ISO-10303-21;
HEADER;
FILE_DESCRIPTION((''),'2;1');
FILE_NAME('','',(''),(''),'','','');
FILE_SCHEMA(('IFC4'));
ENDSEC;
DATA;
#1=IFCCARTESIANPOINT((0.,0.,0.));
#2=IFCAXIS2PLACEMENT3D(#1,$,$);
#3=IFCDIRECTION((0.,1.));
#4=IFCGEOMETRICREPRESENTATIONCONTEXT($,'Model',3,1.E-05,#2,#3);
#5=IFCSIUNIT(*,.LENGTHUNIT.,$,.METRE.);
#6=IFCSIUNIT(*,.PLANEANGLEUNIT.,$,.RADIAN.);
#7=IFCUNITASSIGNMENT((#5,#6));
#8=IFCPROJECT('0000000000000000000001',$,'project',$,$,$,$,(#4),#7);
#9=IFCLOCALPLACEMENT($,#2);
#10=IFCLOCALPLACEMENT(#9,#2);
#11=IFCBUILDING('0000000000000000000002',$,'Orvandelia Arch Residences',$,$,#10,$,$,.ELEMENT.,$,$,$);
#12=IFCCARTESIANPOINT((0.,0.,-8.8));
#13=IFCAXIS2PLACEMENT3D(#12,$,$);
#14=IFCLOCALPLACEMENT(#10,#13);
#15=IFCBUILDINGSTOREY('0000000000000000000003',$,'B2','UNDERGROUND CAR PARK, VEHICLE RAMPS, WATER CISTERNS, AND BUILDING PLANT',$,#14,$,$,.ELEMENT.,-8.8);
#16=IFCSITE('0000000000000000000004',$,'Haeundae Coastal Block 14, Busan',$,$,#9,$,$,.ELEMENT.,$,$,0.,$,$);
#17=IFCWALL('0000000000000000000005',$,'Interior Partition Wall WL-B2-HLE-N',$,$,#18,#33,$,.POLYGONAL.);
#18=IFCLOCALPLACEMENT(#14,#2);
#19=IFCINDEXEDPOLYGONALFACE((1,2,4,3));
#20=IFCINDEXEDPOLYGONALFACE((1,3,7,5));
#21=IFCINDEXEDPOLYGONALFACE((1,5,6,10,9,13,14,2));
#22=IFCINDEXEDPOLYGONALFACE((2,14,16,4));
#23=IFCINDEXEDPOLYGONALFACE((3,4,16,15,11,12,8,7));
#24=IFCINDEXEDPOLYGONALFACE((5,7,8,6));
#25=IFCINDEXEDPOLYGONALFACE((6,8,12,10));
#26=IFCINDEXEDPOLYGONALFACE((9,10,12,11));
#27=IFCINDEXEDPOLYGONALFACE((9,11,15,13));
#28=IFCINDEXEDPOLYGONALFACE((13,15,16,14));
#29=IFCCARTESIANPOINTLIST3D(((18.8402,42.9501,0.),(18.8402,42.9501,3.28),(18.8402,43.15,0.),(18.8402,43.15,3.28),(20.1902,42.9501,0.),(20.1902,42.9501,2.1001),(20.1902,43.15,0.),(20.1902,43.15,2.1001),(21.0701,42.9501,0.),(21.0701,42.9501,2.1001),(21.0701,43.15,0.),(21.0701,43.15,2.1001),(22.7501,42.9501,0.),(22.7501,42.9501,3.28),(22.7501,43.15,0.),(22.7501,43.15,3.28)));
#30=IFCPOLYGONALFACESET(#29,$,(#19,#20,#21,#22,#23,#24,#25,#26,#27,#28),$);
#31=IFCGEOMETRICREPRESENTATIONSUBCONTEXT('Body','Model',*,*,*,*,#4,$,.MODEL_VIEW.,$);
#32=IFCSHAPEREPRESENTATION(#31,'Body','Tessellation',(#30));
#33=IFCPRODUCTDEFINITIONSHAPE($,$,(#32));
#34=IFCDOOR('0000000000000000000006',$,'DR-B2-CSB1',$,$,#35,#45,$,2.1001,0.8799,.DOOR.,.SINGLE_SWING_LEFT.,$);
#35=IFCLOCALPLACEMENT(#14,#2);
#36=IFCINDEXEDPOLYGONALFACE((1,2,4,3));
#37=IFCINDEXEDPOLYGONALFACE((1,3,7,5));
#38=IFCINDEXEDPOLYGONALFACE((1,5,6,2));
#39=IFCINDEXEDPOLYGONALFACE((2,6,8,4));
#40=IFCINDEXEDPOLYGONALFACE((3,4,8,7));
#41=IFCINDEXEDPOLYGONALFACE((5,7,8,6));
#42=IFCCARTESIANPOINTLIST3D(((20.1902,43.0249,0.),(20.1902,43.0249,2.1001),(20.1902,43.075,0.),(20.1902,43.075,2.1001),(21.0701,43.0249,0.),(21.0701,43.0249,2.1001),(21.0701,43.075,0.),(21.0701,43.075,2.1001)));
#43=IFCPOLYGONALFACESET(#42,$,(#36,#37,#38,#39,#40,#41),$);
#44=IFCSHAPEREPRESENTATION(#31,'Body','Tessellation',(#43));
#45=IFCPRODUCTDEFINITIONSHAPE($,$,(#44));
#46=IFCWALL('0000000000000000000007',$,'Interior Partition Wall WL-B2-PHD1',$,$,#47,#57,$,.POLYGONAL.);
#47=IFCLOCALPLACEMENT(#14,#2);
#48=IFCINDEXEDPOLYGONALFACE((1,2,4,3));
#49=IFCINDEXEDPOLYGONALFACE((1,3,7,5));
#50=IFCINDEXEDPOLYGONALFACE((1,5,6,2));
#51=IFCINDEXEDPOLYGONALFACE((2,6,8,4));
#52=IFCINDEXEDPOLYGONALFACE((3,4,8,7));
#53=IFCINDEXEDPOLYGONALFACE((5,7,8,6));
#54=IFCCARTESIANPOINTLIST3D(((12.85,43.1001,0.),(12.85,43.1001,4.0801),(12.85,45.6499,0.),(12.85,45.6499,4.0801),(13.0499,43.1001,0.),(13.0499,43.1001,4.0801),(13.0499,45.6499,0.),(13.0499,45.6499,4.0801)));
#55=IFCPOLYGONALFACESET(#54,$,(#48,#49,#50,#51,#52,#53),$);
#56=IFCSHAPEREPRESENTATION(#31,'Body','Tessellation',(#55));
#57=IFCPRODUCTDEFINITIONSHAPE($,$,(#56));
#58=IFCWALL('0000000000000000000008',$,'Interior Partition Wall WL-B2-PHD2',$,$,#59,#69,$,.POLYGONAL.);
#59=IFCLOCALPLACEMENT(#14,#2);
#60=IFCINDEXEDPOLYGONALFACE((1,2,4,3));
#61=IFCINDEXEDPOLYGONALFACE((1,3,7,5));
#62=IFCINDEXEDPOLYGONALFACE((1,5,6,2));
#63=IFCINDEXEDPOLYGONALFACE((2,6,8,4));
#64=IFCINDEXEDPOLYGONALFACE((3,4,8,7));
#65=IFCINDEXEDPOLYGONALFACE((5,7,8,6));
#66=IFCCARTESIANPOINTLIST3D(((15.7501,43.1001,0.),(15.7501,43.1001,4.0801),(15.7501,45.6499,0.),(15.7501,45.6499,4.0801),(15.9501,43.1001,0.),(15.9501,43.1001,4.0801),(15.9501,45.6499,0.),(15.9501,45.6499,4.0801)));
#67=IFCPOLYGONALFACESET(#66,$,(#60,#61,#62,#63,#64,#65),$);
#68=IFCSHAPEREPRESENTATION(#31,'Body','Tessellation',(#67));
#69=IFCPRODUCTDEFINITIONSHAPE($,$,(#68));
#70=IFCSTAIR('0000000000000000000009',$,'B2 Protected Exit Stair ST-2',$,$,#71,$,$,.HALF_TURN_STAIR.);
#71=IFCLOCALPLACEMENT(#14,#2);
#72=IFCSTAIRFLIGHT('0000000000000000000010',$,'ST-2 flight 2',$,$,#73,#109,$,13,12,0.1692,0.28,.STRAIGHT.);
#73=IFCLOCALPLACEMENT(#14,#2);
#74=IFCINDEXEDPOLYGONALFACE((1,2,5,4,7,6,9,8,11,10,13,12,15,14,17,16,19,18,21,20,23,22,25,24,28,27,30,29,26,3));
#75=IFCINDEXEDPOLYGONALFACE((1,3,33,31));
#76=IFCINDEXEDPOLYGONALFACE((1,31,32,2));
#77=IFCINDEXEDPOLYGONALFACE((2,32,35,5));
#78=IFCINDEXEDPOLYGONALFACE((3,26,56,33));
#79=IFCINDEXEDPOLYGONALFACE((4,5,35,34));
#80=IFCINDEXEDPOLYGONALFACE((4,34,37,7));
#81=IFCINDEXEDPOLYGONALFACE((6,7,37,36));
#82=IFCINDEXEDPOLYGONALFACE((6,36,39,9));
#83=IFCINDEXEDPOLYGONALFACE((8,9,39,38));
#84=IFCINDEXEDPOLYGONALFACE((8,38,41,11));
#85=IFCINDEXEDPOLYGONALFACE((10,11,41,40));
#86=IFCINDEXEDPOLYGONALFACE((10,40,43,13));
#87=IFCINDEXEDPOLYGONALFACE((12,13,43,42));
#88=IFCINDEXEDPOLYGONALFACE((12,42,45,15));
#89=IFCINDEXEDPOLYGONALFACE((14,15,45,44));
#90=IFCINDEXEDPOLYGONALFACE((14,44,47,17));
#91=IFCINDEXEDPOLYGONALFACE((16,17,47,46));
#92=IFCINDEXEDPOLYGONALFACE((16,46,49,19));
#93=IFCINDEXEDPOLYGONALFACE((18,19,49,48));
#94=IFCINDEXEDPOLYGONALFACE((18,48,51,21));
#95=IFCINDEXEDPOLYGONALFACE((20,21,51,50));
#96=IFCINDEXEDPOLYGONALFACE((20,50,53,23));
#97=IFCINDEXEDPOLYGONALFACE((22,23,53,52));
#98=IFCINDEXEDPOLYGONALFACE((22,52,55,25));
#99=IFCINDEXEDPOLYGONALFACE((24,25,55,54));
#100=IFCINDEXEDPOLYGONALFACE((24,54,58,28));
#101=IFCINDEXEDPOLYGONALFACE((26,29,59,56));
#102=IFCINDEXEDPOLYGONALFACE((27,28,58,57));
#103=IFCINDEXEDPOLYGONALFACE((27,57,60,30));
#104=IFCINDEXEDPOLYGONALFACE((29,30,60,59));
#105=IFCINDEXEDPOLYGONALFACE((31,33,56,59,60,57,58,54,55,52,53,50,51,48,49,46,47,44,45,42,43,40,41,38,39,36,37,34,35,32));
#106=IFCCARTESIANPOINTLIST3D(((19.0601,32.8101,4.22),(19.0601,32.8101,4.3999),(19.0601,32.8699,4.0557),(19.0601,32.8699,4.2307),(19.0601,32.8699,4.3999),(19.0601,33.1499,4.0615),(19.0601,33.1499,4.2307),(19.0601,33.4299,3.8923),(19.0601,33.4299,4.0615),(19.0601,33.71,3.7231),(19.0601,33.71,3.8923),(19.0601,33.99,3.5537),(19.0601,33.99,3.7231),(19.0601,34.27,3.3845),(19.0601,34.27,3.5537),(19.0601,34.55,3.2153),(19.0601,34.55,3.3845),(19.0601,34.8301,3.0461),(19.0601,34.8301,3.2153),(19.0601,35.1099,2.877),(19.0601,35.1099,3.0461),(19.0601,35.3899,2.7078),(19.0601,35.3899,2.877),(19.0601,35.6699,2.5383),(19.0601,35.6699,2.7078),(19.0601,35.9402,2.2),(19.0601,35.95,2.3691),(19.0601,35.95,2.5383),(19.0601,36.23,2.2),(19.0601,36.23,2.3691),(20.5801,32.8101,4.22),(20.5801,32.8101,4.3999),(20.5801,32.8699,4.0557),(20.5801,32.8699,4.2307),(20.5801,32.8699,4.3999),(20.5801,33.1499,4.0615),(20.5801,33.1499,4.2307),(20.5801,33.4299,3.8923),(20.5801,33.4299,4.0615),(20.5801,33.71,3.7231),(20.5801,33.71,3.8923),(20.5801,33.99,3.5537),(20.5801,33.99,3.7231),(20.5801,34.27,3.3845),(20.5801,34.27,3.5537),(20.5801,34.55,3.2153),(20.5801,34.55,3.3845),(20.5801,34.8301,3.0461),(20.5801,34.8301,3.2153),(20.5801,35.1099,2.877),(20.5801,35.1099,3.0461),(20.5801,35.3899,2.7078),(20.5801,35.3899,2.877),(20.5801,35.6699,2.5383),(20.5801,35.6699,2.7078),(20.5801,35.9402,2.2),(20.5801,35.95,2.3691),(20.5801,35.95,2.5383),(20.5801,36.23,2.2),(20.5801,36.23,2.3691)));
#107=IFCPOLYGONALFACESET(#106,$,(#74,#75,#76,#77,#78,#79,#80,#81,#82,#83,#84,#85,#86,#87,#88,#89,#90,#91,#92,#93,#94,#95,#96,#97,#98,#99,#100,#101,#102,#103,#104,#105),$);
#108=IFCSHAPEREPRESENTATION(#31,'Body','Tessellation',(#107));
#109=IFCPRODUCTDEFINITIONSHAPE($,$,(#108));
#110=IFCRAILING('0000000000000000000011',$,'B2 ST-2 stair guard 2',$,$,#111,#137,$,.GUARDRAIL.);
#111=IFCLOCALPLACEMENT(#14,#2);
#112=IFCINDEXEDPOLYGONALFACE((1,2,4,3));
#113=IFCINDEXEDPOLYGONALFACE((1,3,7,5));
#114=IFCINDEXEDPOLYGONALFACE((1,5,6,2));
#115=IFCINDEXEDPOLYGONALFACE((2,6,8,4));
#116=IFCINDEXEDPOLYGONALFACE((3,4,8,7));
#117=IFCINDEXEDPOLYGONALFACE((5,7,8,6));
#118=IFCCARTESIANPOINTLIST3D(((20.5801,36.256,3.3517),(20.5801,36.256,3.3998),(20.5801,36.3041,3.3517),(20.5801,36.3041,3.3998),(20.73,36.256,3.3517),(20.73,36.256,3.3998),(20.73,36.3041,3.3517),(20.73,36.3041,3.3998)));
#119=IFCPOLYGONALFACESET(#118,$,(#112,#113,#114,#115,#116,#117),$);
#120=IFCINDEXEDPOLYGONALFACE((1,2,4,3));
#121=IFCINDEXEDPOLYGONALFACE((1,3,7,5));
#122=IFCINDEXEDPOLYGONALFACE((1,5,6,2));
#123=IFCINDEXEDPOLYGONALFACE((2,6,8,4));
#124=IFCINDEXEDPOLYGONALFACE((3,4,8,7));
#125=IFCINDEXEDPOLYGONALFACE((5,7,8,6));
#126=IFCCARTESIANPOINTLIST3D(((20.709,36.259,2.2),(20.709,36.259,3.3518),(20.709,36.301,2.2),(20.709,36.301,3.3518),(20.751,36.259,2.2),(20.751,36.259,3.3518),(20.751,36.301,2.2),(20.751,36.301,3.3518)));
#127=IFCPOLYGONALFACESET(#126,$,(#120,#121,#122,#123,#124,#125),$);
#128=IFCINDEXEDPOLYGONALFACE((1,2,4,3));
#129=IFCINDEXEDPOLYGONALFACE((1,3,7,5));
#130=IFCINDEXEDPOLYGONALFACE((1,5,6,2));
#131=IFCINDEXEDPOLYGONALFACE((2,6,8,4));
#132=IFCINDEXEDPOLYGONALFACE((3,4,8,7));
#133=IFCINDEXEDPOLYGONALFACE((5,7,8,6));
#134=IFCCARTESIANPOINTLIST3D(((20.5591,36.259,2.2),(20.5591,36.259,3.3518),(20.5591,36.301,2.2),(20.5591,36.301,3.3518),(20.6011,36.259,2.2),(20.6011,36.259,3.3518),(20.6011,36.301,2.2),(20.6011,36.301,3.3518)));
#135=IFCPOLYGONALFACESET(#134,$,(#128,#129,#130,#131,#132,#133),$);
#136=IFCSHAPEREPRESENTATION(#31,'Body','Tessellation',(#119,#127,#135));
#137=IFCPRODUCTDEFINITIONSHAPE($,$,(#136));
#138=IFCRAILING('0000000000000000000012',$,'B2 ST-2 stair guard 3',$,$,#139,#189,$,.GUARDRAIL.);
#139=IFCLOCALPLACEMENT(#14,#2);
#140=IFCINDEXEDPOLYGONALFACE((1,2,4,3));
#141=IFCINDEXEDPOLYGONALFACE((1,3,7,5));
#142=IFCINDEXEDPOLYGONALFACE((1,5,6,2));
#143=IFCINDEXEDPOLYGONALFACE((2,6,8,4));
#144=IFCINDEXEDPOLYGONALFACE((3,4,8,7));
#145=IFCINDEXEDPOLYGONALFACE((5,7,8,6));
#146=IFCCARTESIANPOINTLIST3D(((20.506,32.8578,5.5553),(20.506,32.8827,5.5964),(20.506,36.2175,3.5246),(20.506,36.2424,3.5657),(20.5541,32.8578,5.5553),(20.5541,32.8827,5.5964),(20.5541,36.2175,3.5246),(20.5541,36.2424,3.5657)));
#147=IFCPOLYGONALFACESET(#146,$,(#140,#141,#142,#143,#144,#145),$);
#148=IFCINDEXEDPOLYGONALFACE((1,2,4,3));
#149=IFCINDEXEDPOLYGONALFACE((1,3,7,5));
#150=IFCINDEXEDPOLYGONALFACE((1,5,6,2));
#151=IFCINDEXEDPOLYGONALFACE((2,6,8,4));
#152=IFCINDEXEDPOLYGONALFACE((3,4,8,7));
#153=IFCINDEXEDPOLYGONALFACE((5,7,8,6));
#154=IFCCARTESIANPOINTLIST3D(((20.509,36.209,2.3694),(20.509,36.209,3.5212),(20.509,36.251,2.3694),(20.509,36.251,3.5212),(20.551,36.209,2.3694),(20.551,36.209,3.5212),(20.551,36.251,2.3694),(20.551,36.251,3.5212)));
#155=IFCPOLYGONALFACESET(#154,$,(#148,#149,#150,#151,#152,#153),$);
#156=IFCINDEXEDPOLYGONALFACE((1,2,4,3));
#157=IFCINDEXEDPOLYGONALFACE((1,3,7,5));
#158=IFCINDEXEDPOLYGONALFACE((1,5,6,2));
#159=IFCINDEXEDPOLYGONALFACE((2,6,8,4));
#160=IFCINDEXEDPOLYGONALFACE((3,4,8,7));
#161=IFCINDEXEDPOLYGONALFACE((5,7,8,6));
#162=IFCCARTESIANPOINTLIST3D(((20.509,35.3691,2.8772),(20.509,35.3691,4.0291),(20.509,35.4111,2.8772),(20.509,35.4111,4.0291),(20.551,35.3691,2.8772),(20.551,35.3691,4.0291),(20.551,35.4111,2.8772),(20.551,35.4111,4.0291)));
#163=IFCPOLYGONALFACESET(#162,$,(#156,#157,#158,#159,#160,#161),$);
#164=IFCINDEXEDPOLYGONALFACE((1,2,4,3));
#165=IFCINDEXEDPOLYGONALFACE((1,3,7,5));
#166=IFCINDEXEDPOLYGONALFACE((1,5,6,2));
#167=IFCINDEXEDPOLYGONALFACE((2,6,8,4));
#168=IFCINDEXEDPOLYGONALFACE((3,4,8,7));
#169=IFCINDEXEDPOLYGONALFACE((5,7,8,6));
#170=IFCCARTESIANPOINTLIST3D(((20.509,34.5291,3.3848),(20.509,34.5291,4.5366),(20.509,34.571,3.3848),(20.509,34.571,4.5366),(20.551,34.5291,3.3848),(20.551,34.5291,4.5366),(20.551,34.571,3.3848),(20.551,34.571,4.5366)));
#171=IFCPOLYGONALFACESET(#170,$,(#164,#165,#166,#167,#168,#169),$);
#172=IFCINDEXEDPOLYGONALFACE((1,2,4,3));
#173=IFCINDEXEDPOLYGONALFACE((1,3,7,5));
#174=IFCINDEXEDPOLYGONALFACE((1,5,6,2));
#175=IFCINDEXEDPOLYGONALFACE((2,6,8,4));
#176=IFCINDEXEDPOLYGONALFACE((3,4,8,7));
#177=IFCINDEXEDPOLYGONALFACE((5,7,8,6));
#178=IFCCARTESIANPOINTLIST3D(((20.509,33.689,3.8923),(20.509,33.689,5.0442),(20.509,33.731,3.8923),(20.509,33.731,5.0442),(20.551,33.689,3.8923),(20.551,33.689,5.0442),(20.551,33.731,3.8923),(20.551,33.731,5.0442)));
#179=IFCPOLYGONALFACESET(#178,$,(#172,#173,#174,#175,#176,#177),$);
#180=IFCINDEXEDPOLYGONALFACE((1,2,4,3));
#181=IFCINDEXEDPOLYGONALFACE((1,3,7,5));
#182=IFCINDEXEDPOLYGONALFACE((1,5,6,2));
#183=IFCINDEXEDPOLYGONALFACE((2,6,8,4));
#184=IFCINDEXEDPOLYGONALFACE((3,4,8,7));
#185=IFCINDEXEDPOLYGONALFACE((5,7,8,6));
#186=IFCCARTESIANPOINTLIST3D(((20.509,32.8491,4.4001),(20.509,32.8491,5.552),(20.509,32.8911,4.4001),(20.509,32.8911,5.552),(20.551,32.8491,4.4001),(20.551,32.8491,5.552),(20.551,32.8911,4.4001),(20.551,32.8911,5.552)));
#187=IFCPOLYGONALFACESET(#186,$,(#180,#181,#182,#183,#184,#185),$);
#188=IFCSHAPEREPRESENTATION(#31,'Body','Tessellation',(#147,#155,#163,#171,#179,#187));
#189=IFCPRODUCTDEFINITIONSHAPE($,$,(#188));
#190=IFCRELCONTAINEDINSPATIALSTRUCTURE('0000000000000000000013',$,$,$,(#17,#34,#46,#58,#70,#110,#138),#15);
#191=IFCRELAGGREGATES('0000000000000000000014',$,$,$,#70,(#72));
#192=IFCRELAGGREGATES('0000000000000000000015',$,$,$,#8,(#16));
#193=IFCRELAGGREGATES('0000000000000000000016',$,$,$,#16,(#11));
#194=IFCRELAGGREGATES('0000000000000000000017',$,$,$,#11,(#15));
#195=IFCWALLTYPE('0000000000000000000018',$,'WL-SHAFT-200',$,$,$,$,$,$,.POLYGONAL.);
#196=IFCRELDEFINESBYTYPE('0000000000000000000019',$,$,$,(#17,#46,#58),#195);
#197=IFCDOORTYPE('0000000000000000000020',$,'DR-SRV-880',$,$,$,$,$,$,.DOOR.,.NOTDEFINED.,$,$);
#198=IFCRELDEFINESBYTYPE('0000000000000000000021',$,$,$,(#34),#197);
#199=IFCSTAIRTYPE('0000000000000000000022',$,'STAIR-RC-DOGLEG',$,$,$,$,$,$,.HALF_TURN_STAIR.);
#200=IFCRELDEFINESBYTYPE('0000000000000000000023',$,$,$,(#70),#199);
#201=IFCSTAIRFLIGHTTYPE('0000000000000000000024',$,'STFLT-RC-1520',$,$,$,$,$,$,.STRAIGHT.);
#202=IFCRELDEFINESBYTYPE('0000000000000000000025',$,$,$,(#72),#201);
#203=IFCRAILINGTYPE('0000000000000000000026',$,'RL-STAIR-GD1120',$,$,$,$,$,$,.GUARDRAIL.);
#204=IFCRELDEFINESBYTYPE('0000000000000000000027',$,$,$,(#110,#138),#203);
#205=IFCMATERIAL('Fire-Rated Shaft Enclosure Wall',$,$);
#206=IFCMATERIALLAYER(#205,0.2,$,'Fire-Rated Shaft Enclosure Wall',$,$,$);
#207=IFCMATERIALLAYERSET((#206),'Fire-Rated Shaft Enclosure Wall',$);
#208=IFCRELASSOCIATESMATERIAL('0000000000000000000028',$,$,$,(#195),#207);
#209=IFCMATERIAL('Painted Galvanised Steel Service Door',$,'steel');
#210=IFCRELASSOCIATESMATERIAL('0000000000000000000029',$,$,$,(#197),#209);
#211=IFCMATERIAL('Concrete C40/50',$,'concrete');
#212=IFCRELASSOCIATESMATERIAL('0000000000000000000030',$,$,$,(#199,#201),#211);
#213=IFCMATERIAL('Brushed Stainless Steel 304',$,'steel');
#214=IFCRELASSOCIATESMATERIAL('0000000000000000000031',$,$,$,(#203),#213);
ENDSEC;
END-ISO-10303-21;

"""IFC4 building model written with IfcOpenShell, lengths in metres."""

from ifc_helpers import new_model, si_unit, direction, frame, frame_2d, origin, origin_2d, place, context, subcontext, project, spatial, polyline, rectangle, outline, extrude, material, layer, layer_set, type_object, element, fill, aggregate, save


model = new_model("IFC4")

# Units and contexts
model_context = context("Model", 3, precision=1e-05, world=origin(), true_north=direction((0.0, 1.0)))
body_context = subcontext(model_context, "Body", "Model", "MODEL_VIEW")
ifc_project = project(units=[si_unit("LENGTHUNIT", "METRE"), si_unit("PLANEANGLEUNIT", "RADIAN")], contexts=[model_context])

# Site, building, storey
site_placement = place(None, origin())
site = spatial("IfcSite", under=ifc_project, at=site_placement, Name="Haeundae Coastal Block 14, Busan", CompositionType="ELEMENT", RefElevation=0.0)
building_placement = place(site_placement, origin())
building = spatial("IfcBuilding", under=site, at=building_placement, Name="Orvandelia Arch Residences", CompositionType="ELEMENT")
storey_placement = place(building_placement, frame((0.0, 0.0, -8.8)))
storey = spatial("IfcBuildingStorey", under=building, at=storey_placement, Name="B2", Description="UNDERGROUND CAR PARK, VEHICLE RAMPS, WATER CISTERNS, AND BUILDING PLANT", CompositionType="ELEMENT", Elevation=-8.8)

# Shared definitions
ifc_material_1 = material(Name="Fire-Rated Shaft Enclosure Wall")
ifc_layer_1 = layer(ifc_material_1, 0.2, Name="Fire-Rated Shaft Enclosure Wall")
ifc_layer_set_1 = layer_set([ifc_layer_1], Name="Fire-Rated Shaft Enclosure Wall")
wall_type_1 = type_object("IfcWallType", Name="WL-SHAFT-200", PredefinedType="POLYGONAL", material=ifc_layer_set_1)

# Shared definitions
ifc_material_2 = material(Name="Painted Galvanised Steel Service Door", Category="steel")
door_type_1 = type_object("IfcDoorType", Name="DR-SRV-880", OperationType="NOTDEFINED", PredefinedType="DOOR", material=ifc_material_2)

# Wall, opening, door
wall_1_placement = place(storey_placement, frame((18.8401, 43.05, 0.0), z_axis=(0.0, 0.0, 1.0), x_axis=(1.0, 0.0, 0.0)))
wall_1 = element("IfcWall", 1, at=wall_1_placement, inside=storey, type_object=wall_type_1, Name="Interior Partition Wall WL-B2-HLE-N", PredefinedType="POLYGONAL", context=body_context, shape_type="SweptSolid", body=[
    extrude(rectangle(XDim=3.9099, YDim=0.2, at=frame_2d((1.9551, 0.0))), origin(), (0.0, 0.0, 1.0), 3.28),
])
opening_1_placement = place(wall_1_placement, frame((1.3501, 0.0, 0.0)))
opening_1 = element("IfcOpeningElement", 2, at=opening_1_placement, cuts=wall_1, PredefinedType="OPENING", context=body_context, shape_type="SweptSolid", body=[
    extrude(rectangle(XDim=0.8799, YDim=2.1001, at=frame_2d((0.4399, 1.05))), frame((0.0, 0.1099, 0.0), z_axis=(0.0, -1.0, 0.0), x_axis=(1.0, 0.0, 0.0)), (0.0, 0.0, 1.0), 0.22),
])
door_1_placement = place(opening_1_placement, origin())
door_1 = element("IfcDoor", 3, at=door_1_placement, inside=storey, type_object=door_type_1, Name="DR-B2-CSB1", OperationType="SINGLE_SWING_LEFT", OverallHeight=2.1001, OverallWidth=0.8799, PredefinedType="DOOR", context=body_context, shape_type="SweptSolid", body=[
    extrude(rectangle(XDim=0.8799, YDim=2.1001, at=frame_2d((0.4399, 1.05))), frame((0.0, 0.0249, 0.0), z_axis=(0.0, -1.0, 0.0), x_axis=(1.0, 0.0, 0.0)), (0.0, 0.0, 1.0), 0.05),
])
fill(opening_1, door_1)

# Walls
for number, where, z_axis, x_axis, name in (
    (4, (12.95, 43.1001, 0.0), (0.0, 0.0, 1.0), (0.0, 1.0, 0.0), "Interior Partition Wall WL-B2-PHD1"),
    (5, (15.8501, 43.1001, 0.0), (0.0, 0.0, 1.0), (0.0, 1.0, 0.0), "Interior Partition Wall WL-B2-PHD2"),
):
    element("IfcWall", number, at=place(storey_placement, frame(where, z_axis=z_axis, x_axis=x_axis)), inside=storey, type_object=wall_type_1, Name=name, PredefinedType="POLYGONAL", context=body_context, shape_type="SweptSolid", body=[
        extrude(rectangle(XDim=2.5498, YDim=0.2, at=frame_2d((1.2749, 0.0))), origin(), (0.0, 0.0, 1.0), 4.0801),
    ])

# Stair, stair flight
ifc_material_3 = material(Name="Concrete C40/50", Category="concrete")
stair_type = type_object("IfcStairType", Name="STAIR-RC-DOGLEG", PredefinedType="HALF_TURN_STAIR", material=ifc_material_3)
stair_placement = place(storey_placement, origin())
stair = element("IfcStair", 6, at=stair_placement, inside=storey, type_object=stair_type, Name="B2 Protected Exit Stair ST-2", PredefinedType="HALF_TURN_STAIR")
stair_flight_type = type_object("IfcStairFlightType", Name="STFLT-RC-1520", PredefinedType="STRAIGHT", material=ifc_material_3)
stair_flight_placement = place(storey_placement, frame((19.8201, 36.23, 2.2), z_axis=(0.0, 0.0, 1.0), x_axis=(0.0, -1.0, 0.0)))
stair_flight = element("IfcStairFlight", 7, at=stair_flight_placement, type_object=stair_flight_type, Name="ST-2 flight 2", NumberOfRisers=13, NumberOfTreads=12, PredefinedType="STRAIGHT", RiserHeight=0.1692, TreadLength=0.28, context=body_context, shape_type="SweptSolid", body=[
    extrude(outline(polyline([(0.0, 0.0), (0.0, 0.1692), (0.28, 0.1692), (0.28, 0.3384), (0.5601, 0.3384), (0.5601, 0.5078), (0.8401, 0.5078), (0.8401, 0.677), (1.1201, 0.677), (1.1201, 0.8462), (1.3999, 0.8462), (1.3999, 1.0154), (1.6799, 1.0154), (1.6799, 1.1846), (1.96, 1.1846), (1.96, 1.3538), (2.24, 1.3538), (2.24, 1.5232), (2.52, 1.5232), (2.52, 1.6924), (2.8, 1.6924), (2.8, 1.8616), (3.0801, 1.8616), (3.0801, 2.0308), (3.3601, 2.0308), (3.3601, 2.2), (3.4199, 2.2), (3.4199, 2.02), (3.3601, 1.8557), (0.2898, 0.0), (0.0, 0.0)])), frame((0.0, 0.76, 0.0), z_axis=(0.0, -1.0, 0.0), x_axis=(1.0, 0.0, 0.0)), (0.0, 0.0, 1.0), 1.52),
])
aggregate(stair, [stair_flight])

# Railings
ifc_material_4 = material(Name="Brushed Stainless Steel 304", Category="steel")
railing_type = type_object("IfcRailingType", Name="RL-STAIR-GD1120", PredefinedType="GUARDRAIL", material=ifc_material_4)
railing_1_placement = place(storey_placement, frame((20.73, 36.28, 2.2)))
element("IfcRailing", 8, at=railing_1_placement, inside=storey, type_object=railing_type, Name="B2 ST-2 stair guard 2", PredefinedType="GUARDRAIL", context=body_context, shape_type="SweptSolid", body=[
    extrude(rectangle(XDim=0.0481, YDim=0.0481, at=origin_2d()), frame((0.0, 0.0, 1.1758), z_axis=(-1.0, 0.0, 0.0), x_axis=(0.0, -1.0, 0.0)), (0.0, 0.0, 1.0), 0.1499),
    extrude(rectangle(XDim=0.042, YDim=0.042, at=origin_2d()), origin(), (0.0, 0.0, 1.0), 1.1519),
    extrude(rectangle(XDim=0.042, YDim=0.042, at=origin_2d()), frame((-0.1499, 0.0, 0.0)), (0.0, 0.0, 1.0), 1.1519),
])
railing_2_placement = place(storey_placement, frame((20.53, 36.23, 2.3694)))
element("IfcRailing", 9, at=railing_2_placement, inside=storey, type_object=railing_type, Name="B2 ST-2 stair guard 3", PredefinedType="GUARDRAIL", context=body_context, shape_type="SweptSolid", body=[
    extrude(rectangle(XDim=0.0481, YDim=0.0481, at=origin_2d()), frame((0.0, 0.0, 1.1758), z_axis=(0.0, -0.85582, 0.517273), x_axis=(1.0, 0.0, 0.0)), (0.0, 0.0, 1.0), 3.9258),
    extrude(rectangle(XDim=0.042, YDim=0.042, at=origin_2d()), origin(), (0.0, 0.0, 1.0), 1.1519),
    extrude(rectangle(XDim=0.042, YDim=0.042, at=origin_2d()), frame((0.0, -0.8398, 0.5078)), (0.0, 0.0, 1.0), 1.1519),
    extrude(rectangle(XDim=0.042, YDim=0.042, at=origin_2d()), frame((0.0, -1.6799, 1.0154)), (0.0, 0.0, 1.0), 1.1519),
    extrude(rectangle(XDim=0.042, YDim=0.042, at=origin_2d()), frame((0.0, -2.52, 1.5229)), (0.0, 0.0, 1.0), 1.1519),
    extrude(rectangle(XDim=0.042, YDim=0.042, at=origin_2d()), frame((0.0, -3.3599, 2.0308)), (0.0, 0.0, 1.0), 1.1519),
])

save(model, "model.ifc")
